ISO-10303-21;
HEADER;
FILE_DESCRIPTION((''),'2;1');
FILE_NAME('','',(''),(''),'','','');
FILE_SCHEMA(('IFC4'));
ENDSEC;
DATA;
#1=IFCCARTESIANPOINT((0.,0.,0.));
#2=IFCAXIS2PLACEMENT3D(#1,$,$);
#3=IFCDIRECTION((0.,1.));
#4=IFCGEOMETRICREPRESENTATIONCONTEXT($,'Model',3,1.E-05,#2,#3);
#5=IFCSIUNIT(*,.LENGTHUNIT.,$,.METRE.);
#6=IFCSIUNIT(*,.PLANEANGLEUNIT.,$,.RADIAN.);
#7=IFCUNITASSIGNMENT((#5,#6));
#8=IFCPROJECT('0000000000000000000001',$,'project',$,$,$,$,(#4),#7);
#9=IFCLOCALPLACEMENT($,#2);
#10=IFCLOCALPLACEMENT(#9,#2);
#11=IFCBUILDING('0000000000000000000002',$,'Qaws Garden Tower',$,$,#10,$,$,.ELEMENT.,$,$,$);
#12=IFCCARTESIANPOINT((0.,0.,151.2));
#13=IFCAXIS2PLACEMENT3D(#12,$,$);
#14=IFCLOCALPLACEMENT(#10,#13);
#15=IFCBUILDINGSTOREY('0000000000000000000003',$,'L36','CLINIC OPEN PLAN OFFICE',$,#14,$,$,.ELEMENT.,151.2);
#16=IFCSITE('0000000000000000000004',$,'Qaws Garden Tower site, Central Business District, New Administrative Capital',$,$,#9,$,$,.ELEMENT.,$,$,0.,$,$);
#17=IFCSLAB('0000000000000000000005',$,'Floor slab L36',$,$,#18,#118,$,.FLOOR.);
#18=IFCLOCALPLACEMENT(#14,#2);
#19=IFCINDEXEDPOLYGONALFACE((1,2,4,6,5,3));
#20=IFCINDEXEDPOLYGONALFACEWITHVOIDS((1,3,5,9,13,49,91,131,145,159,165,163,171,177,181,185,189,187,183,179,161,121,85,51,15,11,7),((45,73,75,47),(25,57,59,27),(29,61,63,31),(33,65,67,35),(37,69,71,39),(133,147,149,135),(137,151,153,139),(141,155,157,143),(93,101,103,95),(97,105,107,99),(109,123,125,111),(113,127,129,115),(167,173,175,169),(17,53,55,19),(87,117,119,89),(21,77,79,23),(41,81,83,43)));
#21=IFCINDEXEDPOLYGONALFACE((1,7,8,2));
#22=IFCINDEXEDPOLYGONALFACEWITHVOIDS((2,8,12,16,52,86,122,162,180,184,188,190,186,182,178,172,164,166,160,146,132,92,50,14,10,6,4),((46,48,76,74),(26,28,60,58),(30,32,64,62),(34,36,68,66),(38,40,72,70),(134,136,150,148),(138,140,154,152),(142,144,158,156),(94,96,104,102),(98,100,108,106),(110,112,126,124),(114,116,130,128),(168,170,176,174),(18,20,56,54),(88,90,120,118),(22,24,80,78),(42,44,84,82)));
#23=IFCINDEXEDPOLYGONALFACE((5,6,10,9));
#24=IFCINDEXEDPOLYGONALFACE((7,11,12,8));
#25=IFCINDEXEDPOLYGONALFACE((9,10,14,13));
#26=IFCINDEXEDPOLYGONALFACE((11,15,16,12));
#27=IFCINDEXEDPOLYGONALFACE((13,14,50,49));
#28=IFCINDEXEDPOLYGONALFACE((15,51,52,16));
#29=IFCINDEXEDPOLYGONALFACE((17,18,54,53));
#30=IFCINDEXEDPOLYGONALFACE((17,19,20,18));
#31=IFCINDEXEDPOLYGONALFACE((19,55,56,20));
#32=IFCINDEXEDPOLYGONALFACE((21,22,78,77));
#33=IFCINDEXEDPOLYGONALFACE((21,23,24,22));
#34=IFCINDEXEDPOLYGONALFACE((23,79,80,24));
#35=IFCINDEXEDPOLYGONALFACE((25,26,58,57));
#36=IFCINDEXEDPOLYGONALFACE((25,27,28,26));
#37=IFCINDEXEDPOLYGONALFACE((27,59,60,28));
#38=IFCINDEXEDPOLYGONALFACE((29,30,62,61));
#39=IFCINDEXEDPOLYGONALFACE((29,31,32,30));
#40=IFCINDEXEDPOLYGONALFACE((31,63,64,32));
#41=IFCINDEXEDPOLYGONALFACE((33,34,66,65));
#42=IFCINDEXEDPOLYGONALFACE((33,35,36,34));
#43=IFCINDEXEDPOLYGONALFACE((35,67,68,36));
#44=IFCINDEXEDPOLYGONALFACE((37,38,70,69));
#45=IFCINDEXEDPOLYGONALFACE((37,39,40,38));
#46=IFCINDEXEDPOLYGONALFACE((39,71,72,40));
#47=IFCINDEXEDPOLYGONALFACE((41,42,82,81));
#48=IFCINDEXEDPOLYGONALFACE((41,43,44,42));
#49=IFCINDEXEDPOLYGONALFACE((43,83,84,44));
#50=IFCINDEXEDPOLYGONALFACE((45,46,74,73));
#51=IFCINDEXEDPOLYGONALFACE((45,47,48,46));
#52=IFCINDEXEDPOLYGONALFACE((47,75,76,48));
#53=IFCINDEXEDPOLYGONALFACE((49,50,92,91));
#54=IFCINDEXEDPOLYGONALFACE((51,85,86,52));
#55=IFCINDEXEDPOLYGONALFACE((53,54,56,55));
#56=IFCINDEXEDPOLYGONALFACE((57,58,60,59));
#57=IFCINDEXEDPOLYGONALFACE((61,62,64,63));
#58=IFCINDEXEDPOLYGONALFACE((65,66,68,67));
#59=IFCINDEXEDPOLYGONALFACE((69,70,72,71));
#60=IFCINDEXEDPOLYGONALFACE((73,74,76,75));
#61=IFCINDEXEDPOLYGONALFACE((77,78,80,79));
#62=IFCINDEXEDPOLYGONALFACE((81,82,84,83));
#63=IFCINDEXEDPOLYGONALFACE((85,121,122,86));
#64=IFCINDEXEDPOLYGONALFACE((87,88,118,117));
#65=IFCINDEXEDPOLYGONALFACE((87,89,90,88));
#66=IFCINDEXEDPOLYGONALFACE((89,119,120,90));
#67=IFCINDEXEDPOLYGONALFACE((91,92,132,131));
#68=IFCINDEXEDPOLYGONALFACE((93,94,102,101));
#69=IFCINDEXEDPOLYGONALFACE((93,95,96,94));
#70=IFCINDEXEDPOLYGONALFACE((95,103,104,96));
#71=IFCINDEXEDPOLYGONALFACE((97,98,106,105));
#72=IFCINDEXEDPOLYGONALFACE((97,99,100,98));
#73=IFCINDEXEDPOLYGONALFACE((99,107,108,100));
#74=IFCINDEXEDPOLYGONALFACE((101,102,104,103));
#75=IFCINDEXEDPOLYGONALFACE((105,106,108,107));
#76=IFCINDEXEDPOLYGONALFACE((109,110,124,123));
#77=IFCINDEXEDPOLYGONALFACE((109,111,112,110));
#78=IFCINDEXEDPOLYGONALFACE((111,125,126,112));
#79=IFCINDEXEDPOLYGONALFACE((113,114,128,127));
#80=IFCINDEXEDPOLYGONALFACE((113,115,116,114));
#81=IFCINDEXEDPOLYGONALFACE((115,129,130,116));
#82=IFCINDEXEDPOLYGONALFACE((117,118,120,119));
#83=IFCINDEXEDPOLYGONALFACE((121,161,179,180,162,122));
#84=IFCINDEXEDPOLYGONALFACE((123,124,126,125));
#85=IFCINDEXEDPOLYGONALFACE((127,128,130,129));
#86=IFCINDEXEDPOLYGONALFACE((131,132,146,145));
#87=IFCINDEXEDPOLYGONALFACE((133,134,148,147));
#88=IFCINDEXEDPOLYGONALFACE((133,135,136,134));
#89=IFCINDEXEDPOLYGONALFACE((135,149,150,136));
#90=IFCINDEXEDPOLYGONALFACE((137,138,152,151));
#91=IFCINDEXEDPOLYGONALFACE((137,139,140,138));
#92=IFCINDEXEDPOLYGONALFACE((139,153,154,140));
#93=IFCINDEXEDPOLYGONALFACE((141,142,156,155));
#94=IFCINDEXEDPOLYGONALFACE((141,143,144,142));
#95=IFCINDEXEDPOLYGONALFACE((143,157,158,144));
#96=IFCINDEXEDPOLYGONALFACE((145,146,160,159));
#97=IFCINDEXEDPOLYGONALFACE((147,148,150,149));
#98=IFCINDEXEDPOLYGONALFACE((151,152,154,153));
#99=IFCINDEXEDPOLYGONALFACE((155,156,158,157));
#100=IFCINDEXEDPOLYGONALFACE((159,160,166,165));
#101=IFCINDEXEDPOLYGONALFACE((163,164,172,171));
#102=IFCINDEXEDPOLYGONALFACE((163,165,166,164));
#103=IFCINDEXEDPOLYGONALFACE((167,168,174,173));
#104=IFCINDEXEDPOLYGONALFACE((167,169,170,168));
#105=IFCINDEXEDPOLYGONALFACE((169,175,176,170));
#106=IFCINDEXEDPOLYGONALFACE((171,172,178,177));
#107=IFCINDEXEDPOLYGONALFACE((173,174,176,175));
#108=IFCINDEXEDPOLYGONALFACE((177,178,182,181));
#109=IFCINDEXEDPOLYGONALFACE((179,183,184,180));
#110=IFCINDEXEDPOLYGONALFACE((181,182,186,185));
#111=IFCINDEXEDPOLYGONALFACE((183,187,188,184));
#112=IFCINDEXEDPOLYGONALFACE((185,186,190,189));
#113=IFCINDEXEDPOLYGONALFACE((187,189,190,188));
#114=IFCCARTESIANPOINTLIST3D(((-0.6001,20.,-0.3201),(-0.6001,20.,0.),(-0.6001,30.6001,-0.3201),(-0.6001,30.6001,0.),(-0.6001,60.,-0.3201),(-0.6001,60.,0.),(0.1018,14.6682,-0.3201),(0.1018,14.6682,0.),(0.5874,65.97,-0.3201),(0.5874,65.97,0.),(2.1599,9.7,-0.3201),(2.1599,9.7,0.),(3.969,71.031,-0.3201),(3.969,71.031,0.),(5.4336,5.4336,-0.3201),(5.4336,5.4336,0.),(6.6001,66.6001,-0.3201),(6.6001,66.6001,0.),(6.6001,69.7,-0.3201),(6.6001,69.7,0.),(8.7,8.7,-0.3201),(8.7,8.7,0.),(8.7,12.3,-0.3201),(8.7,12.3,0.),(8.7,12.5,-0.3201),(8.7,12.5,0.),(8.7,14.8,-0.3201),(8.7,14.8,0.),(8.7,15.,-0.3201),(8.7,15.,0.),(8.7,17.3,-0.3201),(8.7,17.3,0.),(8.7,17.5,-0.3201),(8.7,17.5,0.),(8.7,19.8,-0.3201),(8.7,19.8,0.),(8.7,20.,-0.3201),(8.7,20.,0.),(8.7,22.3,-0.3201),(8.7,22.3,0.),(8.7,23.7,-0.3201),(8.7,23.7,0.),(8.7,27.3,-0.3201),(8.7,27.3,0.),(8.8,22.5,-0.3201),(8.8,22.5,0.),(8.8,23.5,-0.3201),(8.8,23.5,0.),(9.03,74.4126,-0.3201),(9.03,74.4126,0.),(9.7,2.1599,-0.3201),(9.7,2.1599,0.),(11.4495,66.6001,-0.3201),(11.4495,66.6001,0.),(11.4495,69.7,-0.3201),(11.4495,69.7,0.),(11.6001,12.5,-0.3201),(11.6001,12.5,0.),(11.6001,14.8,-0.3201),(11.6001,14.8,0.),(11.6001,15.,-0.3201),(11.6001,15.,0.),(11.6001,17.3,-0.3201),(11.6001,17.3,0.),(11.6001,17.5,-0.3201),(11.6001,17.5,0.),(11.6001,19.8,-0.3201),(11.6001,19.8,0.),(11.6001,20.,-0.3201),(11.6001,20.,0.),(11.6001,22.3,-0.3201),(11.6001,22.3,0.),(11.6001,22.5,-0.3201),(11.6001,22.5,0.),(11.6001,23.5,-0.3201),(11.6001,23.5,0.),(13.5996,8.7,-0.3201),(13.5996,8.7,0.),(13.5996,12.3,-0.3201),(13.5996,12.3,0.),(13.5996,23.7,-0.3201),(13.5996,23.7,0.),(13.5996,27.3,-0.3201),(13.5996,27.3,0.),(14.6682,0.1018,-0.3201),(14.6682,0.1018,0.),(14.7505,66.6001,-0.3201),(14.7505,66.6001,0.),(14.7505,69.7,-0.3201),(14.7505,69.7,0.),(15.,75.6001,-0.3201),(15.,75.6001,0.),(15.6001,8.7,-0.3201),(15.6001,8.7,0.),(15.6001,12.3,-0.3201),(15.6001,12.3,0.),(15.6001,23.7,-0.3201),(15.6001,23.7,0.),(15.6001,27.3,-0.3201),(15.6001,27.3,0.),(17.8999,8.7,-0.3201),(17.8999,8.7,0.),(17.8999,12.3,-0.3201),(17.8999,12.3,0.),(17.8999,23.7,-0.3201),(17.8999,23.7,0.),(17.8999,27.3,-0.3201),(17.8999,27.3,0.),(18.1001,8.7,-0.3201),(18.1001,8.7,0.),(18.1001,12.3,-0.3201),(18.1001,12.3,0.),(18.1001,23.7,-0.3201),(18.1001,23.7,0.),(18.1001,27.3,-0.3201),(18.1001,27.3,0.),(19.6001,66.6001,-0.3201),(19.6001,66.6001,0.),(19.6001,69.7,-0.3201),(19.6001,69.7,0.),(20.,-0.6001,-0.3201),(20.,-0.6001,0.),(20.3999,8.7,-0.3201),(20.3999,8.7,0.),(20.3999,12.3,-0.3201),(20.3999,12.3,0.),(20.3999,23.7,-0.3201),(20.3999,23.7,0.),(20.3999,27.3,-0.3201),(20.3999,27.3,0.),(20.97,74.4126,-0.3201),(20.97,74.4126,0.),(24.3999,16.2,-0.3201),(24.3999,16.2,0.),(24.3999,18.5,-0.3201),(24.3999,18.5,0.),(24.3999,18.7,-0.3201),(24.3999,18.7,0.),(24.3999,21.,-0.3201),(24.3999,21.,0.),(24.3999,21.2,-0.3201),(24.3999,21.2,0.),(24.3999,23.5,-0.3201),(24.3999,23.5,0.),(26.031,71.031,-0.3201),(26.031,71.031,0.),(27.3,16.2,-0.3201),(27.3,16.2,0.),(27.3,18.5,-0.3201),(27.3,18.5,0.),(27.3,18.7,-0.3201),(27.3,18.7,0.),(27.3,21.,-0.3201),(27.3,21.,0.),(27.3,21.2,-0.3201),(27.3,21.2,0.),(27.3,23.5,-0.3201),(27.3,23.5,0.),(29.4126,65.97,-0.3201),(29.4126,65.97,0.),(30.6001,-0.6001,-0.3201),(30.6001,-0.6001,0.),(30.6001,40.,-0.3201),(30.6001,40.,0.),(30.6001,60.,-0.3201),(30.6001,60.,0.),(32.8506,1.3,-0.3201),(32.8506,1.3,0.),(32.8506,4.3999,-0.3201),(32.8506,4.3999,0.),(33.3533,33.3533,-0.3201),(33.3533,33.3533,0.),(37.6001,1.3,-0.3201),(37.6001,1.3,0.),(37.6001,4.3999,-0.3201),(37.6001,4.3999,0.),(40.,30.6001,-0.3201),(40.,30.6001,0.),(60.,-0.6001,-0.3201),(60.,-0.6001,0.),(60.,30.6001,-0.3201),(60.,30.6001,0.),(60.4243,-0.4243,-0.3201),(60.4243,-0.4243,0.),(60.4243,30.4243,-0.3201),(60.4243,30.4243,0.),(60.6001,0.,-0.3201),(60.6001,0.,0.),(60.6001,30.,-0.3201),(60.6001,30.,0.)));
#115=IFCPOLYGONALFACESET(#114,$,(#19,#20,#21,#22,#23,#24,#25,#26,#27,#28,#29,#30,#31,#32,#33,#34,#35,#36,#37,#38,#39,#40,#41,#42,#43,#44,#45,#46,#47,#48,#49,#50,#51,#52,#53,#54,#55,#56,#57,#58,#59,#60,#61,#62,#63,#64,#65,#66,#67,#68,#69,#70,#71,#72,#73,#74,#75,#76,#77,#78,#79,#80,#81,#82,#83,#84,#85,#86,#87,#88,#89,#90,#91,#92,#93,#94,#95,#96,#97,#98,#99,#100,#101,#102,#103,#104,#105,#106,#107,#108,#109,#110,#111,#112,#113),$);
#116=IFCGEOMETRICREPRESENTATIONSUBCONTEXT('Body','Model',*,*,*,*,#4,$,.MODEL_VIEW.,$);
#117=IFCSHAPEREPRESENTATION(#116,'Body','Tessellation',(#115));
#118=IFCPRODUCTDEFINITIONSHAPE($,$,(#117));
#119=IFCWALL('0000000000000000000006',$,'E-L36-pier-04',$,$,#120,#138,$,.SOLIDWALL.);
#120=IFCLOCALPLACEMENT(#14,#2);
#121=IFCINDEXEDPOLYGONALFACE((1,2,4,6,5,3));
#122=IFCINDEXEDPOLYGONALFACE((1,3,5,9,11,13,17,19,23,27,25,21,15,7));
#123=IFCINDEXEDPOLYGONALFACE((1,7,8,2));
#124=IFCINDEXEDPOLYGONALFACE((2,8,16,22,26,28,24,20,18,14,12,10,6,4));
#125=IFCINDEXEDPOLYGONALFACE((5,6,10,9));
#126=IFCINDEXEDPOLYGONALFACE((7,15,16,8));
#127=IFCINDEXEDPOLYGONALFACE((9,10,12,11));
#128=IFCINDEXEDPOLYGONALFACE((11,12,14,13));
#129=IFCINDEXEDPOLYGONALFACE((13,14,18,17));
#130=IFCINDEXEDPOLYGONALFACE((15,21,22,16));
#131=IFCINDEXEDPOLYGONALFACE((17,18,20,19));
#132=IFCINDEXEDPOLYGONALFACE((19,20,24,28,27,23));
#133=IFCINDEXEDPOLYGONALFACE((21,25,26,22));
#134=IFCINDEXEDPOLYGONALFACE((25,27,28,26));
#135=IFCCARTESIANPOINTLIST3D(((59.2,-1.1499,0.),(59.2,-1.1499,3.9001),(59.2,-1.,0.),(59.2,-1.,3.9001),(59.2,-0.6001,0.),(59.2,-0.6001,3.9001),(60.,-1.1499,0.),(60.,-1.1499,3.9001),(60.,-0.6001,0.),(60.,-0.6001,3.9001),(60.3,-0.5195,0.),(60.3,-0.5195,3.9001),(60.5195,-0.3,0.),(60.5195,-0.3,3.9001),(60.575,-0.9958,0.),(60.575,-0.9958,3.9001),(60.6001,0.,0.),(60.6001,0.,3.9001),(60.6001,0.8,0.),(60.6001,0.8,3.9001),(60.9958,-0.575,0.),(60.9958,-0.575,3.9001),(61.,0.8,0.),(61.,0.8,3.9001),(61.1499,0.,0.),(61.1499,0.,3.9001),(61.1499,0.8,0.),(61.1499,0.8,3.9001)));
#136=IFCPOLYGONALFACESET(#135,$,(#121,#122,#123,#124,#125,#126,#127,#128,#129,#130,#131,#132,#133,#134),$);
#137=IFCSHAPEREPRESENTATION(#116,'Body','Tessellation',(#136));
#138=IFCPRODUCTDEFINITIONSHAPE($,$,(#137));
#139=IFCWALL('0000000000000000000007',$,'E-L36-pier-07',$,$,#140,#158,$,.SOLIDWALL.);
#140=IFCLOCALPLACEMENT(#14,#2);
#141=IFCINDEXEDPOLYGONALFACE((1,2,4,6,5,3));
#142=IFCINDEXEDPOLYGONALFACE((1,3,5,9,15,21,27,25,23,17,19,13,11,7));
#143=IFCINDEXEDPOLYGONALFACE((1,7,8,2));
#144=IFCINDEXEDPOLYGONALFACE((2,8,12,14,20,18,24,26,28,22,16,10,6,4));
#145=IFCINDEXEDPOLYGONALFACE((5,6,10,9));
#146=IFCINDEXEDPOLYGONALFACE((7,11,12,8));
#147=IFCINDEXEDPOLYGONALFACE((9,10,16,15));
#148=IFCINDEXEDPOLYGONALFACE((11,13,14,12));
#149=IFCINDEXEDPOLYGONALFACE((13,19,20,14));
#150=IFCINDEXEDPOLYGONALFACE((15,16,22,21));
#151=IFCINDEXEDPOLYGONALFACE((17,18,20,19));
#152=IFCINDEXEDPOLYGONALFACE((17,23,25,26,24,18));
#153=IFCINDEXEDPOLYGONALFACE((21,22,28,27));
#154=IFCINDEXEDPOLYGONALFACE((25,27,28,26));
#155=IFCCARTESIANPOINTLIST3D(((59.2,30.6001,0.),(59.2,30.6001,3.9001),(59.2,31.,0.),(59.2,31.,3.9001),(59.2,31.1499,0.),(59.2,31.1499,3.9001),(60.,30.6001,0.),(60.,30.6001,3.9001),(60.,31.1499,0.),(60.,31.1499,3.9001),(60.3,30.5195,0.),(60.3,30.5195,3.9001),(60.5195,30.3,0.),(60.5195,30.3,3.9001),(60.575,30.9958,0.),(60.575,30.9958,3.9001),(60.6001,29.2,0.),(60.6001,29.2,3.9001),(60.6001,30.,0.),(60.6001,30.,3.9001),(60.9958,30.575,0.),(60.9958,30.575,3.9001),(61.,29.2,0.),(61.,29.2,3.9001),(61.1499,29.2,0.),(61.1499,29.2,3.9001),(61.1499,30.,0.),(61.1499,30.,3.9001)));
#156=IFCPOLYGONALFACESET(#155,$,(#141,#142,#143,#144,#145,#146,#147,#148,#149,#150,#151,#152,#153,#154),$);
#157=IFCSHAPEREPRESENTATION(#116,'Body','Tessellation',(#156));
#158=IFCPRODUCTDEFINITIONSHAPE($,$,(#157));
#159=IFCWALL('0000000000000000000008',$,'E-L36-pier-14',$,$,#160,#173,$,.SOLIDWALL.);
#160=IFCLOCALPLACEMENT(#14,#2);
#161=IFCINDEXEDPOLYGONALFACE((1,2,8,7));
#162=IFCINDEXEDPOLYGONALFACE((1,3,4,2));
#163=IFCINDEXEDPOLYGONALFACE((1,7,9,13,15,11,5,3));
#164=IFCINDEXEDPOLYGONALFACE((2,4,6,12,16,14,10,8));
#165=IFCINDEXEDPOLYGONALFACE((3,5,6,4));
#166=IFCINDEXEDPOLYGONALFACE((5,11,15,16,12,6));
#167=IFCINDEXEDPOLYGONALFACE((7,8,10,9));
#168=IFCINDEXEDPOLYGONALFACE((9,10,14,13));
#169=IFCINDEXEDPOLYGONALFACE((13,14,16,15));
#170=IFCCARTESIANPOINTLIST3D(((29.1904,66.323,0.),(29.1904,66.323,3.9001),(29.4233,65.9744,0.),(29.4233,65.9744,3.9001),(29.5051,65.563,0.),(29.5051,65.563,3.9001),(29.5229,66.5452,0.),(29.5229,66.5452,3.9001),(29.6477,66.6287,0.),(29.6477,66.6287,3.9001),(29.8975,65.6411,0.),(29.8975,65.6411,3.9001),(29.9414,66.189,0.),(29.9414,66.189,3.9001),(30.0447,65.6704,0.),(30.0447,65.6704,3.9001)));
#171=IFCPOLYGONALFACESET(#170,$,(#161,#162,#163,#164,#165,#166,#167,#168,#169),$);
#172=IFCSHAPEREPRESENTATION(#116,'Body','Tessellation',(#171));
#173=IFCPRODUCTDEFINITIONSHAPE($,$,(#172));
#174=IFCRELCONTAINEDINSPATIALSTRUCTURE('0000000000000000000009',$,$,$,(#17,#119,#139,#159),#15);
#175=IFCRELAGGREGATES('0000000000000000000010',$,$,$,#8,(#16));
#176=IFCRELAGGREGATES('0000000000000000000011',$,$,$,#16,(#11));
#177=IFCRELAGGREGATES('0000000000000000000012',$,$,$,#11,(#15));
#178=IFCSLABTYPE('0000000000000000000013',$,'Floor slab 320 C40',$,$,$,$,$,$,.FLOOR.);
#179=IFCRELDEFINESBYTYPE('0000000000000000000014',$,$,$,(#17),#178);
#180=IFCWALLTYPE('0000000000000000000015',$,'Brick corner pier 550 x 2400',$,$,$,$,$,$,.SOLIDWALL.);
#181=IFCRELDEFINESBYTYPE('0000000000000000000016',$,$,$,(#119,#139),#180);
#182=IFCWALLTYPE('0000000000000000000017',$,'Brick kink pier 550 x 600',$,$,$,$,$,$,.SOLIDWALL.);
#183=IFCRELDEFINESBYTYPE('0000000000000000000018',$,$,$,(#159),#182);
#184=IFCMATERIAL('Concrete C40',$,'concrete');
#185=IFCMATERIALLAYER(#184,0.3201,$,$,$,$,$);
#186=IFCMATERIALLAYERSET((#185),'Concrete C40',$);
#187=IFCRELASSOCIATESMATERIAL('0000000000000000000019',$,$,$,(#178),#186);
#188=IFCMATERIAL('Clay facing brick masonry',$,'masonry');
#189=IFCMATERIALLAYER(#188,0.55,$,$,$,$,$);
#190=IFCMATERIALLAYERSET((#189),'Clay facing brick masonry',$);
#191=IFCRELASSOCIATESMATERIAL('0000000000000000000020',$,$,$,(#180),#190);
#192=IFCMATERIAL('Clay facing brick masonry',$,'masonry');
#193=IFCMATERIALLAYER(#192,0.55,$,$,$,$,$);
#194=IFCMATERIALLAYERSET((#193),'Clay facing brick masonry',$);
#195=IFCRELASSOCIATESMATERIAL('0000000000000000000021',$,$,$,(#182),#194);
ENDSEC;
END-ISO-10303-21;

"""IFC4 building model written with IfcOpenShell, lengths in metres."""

from ifc_helpers import new_model, si_unit, direction, frame, origin, place, context, subcontext, project, spatial, polyline, outline, extrude, material, layer, layer_set, type_object, element, save


model = new_model("IFC4")

# Units and contexts
model_context = context("Model", 3, precision=1e-05, world=origin(), true_north=direction((0.0, 1.0)))
body_context = subcontext(model_context, "Body", "Model", "MODEL_VIEW")
ifc_project = project(units=[si_unit("LENGTHUNIT", "METRE"), si_unit("PLANEANGLEUNIT", "RADIAN")], contexts=[model_context])

# Site, building, storey
site_placement = place(None, origin())
site = spatial("IfcSite", under=ifc_project, at=site_placement, Name="Qaws Garden Tower site, Central Business District, New Administrative Capital", CompositionType="ELEMENT", RefElevation=0.0)
building_placement = place(site_placement, origin())
building = spatial("IfcBuilding", under=site, at=building_placement, Name="Qaws Garden Tower", CompositionType="ELEMENT")
storey_placement = place(building_placement, frame((0.0, 0.0, 151.2)))
storey = spatial("IfcBuildingStorey", under=building, at=storey_placement, Name="L36", Description="CLINIC OPEN PLAN OFFICE", CompositionType="ELEMENT", Elevation=151.2)

# Slab
ifc_material_1 = material(Name="Concrete C40", Category="concrete")
ifc_layer_1 = layer(ifc_material_1, 0.3201)
ifc_layer_set_1 = layer_set([ifc_layer_1], Name="Concrete C40")
slab_type = type_object("IfcSlabType", Name="Floor slab 320 C40", PredefinedType="FLOOR", material=ifc_layer_set_1)
slab_placement = place(storey_placement, frame((0.0, 0.0, -0.3201)))
element("IfcSlab", 1, at=slab_placement, inside=storey, type_object=slab_type, Name="Floor slab L36", PredefinedType="FLOOR", context=body_context, shape_type="SweptSolid", body=[
    extrude(outline(polyline([(0.1018, 14.6682), (-0.6001, 20.0), (-0.6001, 30.6001), (-0.6001, 60.0), (-0.6001, 60.0), (0.5874, 65.97), (3.969, 71.031), (9.03, 74.4126), (15.0, 75.6001), (20.97, 74.4126), (26.031, 71.031), (29.4126, 65.97), (30.6001, 60.0), (30.6001, 40.0), (33.3533, 33.3533), (40.0, 30.6001), (60.0, 30.6001), (60.4243, 30.4243), (60.6001, 30.0), (60.6001, 0.0), (60.4243, -0.4243), (60.0, -0.6001), (30.6001, -0.6001), (20.0, -0.6001), (14.6682, 0.1018), (9.7, 2.1599), (5.4336, 5.4336), (2.1599, 9.7), (0.1018, 14.6682)]), holes=[polyline([(13.5996, 12.3), (8.7, 12.3), (8.7, 8.7), (13.5996, 8.7), (13.5996, 12.3)]), polyline([(17.8999, 12.3), (15.6001, 12.3), (15.6001, 8.7), (17.8999, 8.7), (17.8999, 12.3)]), polyline([(11.6001, 14.8), (8.7, 14.8), (8.7, 12.5), (11.6001, 12.5), (11.6001, 14.8)]), polyline([(11.6001, 17.3), (8.7, 17.3), (8.7, 15.0), (11.6001, 15.0), (11.6001, 17.3)]), polyline([(11.6001, 19.8), (8.7, 19.8), (8.7, 17.5), (11.6001, 17.5), (11.6001, 19.8)]), polyline([(11.6001, 22.3), (8.7, 22.3), (8.7, 20.0), (11.6001, 20.0), (11.6001, 22.3)]), polyline([(11.6001, 23.5), (8.8, 23.5), (8.8, 22.5), (11.6001, 22.5), (11.6001, 23.5)]), polyline([(13.5996, 27.3), (8.7, 27.3), (8.7, 23.7), (13.5996, 23.7), (13.5996, 27.3)]), polyline([(11.4495, 69.7), (6.6001, 69.7), (6.6001, 66.6001), (11.4495, 66.6001), (11.4495, 69.7)]), polyline([(37.6001, 4.3999), (32.8506, 4.3999), (32.8506, 1.3), (37.6001, 1.3), (37.6001, 4.3999)]), polyline([(20.3999, 12.3), (18.1001, 12.3), (18.1001, 8.7), (20.3999, 8.7), (20.3999, 12.3)]), polyline([(27.3, 18.5), (24.3999, 18.5), (24.3999, 16.2), (27.3, 16.2), (27.3, 18.5)]), polyline([(27.3, 21.0), (24.3999, 21.0), (24.3999, 18.7), (27.3, 18.7), (27.3, 21.0)]), polyline([(27.3, 23.5), (24.3999, 23.5), (24.3999, 21.2), (27.3, 21.2), (27.3, 23.5)]), polyline([(17.8999, 27.3), (15.6001, 27.3), (15.6001, 23.7), (17.8999, 23.7), (17.8999, 27.3)]), polyline([(20.3999, 23.7), (20.3999, 27.3), (18.1001, 27.3), (18.1001, 23.7), (20.3999, 23.7)]), polyline([(19.6001, 66.6001), (19.6001, 69.7), (14.7505, 69.7), (14.7505, 66.6001), (19.6001, 66.6001)])]), origin(), (0.0, 0.0, 1.0), 0.3201),
])

# Walls
ifc_material_2 = material(Name="Clay facing brick masonry", Category="masonry")
ifc_layer_2 = layer(ifc_material_2, 0.55)
ifc_layer_set_2 = layer_set([ifc_layer_2], Name="Clay facing brick masonry")
wall_type_1 = type_object("IfcWallType", Name="Brick corner pier 550 x 2400", PredefinedType="SOLIDWALL", material=ifc_layer_set_2)
placement = place(storey_placement, origin())
element("IfcWall", 2, at=placement, inside=storey, type_object=wall_type_1, Name="E-L36-pier-04", PredefinedType="SOLIDWALL", context=body_context, shape_type="SweptSolid", body=[
    extrude(outline(polyline([(59.2, -1.0), (59.2, -1.1499), (60.0, -1.1499), (60.575, -0.9958), (60.9958, -0.575), (61.1499, 0.0), (61.1499, 0.8), (61.0, 0.8), (60.6001, 0.8), (60.6001, 0.0), (60.5195, -0.3), (60.3, -0.5195), (60.0, -0.6001), (59.2, -0.6001), (59.2, -1.0)])), origin(), (0.0, 0.0, 1.0), 3.9001),
])
element("IfcWall", 3, at=placement, inside=storey, type_object=wall_type_1, Name="E-L36-pier-07", PredefinedType="SOLIDWALL", context=body_context, shape_type="SweptSolid", body=[
    extrude(outline(polyline([(61.0, 29.2), (61.1499, 29.2), (61.1499, 30.0), (60.9958, 30.575), (60.575, 30.9958), (60.0, 31.1499), (59.2, 31.1499), (59.2, 31.0), (59.2, 30.6001), (60.0, 30.6001), (60.3, 30.5195), (60.5195, 30.3), (60.6001, 30.0), (60.6001, 29.2), (61.0, 29.2)])), origin(), (0.0, 0.0, 1.0), 3.9001),
])
ifc_material_3 = material(Name="Clay facing brick masonry", Category="masonry")
ifc_layer_3 = layer(ifc_material_3, 0.55)
ifc_layer_set_3 = layer_set([ifc_layer_3], Name="Clay facing brick masonry")
wall_type_2 = type_object("IfcWallType", Name="Brick kink pier 550 x 600", PredefinedType="SOLIDWALL", material=ifc_layer_set_3)
element("IfcWall", 4, at=placement, inside=storey, type_object=wall_type_2, Name="E-L36-pier-14", PredefinedType="SOLIDWALL", context=body_context, shape_type="SweptSolid", body=[
    extrude(outline(polyline([(29.8975, 65.6411), (30.0447, 65.6704), (29.9414, 66.189), (29.6477, 66.6287), (29.5229, 66.5452), (29.1904, 66.323), (29.4233, 65.9744), (29.5051, 65.563), (29.8975, 65.6411)])), origin(), (0.0, 0.0, 1.0), 3.9001),
])

save(model, "model.ifc")
